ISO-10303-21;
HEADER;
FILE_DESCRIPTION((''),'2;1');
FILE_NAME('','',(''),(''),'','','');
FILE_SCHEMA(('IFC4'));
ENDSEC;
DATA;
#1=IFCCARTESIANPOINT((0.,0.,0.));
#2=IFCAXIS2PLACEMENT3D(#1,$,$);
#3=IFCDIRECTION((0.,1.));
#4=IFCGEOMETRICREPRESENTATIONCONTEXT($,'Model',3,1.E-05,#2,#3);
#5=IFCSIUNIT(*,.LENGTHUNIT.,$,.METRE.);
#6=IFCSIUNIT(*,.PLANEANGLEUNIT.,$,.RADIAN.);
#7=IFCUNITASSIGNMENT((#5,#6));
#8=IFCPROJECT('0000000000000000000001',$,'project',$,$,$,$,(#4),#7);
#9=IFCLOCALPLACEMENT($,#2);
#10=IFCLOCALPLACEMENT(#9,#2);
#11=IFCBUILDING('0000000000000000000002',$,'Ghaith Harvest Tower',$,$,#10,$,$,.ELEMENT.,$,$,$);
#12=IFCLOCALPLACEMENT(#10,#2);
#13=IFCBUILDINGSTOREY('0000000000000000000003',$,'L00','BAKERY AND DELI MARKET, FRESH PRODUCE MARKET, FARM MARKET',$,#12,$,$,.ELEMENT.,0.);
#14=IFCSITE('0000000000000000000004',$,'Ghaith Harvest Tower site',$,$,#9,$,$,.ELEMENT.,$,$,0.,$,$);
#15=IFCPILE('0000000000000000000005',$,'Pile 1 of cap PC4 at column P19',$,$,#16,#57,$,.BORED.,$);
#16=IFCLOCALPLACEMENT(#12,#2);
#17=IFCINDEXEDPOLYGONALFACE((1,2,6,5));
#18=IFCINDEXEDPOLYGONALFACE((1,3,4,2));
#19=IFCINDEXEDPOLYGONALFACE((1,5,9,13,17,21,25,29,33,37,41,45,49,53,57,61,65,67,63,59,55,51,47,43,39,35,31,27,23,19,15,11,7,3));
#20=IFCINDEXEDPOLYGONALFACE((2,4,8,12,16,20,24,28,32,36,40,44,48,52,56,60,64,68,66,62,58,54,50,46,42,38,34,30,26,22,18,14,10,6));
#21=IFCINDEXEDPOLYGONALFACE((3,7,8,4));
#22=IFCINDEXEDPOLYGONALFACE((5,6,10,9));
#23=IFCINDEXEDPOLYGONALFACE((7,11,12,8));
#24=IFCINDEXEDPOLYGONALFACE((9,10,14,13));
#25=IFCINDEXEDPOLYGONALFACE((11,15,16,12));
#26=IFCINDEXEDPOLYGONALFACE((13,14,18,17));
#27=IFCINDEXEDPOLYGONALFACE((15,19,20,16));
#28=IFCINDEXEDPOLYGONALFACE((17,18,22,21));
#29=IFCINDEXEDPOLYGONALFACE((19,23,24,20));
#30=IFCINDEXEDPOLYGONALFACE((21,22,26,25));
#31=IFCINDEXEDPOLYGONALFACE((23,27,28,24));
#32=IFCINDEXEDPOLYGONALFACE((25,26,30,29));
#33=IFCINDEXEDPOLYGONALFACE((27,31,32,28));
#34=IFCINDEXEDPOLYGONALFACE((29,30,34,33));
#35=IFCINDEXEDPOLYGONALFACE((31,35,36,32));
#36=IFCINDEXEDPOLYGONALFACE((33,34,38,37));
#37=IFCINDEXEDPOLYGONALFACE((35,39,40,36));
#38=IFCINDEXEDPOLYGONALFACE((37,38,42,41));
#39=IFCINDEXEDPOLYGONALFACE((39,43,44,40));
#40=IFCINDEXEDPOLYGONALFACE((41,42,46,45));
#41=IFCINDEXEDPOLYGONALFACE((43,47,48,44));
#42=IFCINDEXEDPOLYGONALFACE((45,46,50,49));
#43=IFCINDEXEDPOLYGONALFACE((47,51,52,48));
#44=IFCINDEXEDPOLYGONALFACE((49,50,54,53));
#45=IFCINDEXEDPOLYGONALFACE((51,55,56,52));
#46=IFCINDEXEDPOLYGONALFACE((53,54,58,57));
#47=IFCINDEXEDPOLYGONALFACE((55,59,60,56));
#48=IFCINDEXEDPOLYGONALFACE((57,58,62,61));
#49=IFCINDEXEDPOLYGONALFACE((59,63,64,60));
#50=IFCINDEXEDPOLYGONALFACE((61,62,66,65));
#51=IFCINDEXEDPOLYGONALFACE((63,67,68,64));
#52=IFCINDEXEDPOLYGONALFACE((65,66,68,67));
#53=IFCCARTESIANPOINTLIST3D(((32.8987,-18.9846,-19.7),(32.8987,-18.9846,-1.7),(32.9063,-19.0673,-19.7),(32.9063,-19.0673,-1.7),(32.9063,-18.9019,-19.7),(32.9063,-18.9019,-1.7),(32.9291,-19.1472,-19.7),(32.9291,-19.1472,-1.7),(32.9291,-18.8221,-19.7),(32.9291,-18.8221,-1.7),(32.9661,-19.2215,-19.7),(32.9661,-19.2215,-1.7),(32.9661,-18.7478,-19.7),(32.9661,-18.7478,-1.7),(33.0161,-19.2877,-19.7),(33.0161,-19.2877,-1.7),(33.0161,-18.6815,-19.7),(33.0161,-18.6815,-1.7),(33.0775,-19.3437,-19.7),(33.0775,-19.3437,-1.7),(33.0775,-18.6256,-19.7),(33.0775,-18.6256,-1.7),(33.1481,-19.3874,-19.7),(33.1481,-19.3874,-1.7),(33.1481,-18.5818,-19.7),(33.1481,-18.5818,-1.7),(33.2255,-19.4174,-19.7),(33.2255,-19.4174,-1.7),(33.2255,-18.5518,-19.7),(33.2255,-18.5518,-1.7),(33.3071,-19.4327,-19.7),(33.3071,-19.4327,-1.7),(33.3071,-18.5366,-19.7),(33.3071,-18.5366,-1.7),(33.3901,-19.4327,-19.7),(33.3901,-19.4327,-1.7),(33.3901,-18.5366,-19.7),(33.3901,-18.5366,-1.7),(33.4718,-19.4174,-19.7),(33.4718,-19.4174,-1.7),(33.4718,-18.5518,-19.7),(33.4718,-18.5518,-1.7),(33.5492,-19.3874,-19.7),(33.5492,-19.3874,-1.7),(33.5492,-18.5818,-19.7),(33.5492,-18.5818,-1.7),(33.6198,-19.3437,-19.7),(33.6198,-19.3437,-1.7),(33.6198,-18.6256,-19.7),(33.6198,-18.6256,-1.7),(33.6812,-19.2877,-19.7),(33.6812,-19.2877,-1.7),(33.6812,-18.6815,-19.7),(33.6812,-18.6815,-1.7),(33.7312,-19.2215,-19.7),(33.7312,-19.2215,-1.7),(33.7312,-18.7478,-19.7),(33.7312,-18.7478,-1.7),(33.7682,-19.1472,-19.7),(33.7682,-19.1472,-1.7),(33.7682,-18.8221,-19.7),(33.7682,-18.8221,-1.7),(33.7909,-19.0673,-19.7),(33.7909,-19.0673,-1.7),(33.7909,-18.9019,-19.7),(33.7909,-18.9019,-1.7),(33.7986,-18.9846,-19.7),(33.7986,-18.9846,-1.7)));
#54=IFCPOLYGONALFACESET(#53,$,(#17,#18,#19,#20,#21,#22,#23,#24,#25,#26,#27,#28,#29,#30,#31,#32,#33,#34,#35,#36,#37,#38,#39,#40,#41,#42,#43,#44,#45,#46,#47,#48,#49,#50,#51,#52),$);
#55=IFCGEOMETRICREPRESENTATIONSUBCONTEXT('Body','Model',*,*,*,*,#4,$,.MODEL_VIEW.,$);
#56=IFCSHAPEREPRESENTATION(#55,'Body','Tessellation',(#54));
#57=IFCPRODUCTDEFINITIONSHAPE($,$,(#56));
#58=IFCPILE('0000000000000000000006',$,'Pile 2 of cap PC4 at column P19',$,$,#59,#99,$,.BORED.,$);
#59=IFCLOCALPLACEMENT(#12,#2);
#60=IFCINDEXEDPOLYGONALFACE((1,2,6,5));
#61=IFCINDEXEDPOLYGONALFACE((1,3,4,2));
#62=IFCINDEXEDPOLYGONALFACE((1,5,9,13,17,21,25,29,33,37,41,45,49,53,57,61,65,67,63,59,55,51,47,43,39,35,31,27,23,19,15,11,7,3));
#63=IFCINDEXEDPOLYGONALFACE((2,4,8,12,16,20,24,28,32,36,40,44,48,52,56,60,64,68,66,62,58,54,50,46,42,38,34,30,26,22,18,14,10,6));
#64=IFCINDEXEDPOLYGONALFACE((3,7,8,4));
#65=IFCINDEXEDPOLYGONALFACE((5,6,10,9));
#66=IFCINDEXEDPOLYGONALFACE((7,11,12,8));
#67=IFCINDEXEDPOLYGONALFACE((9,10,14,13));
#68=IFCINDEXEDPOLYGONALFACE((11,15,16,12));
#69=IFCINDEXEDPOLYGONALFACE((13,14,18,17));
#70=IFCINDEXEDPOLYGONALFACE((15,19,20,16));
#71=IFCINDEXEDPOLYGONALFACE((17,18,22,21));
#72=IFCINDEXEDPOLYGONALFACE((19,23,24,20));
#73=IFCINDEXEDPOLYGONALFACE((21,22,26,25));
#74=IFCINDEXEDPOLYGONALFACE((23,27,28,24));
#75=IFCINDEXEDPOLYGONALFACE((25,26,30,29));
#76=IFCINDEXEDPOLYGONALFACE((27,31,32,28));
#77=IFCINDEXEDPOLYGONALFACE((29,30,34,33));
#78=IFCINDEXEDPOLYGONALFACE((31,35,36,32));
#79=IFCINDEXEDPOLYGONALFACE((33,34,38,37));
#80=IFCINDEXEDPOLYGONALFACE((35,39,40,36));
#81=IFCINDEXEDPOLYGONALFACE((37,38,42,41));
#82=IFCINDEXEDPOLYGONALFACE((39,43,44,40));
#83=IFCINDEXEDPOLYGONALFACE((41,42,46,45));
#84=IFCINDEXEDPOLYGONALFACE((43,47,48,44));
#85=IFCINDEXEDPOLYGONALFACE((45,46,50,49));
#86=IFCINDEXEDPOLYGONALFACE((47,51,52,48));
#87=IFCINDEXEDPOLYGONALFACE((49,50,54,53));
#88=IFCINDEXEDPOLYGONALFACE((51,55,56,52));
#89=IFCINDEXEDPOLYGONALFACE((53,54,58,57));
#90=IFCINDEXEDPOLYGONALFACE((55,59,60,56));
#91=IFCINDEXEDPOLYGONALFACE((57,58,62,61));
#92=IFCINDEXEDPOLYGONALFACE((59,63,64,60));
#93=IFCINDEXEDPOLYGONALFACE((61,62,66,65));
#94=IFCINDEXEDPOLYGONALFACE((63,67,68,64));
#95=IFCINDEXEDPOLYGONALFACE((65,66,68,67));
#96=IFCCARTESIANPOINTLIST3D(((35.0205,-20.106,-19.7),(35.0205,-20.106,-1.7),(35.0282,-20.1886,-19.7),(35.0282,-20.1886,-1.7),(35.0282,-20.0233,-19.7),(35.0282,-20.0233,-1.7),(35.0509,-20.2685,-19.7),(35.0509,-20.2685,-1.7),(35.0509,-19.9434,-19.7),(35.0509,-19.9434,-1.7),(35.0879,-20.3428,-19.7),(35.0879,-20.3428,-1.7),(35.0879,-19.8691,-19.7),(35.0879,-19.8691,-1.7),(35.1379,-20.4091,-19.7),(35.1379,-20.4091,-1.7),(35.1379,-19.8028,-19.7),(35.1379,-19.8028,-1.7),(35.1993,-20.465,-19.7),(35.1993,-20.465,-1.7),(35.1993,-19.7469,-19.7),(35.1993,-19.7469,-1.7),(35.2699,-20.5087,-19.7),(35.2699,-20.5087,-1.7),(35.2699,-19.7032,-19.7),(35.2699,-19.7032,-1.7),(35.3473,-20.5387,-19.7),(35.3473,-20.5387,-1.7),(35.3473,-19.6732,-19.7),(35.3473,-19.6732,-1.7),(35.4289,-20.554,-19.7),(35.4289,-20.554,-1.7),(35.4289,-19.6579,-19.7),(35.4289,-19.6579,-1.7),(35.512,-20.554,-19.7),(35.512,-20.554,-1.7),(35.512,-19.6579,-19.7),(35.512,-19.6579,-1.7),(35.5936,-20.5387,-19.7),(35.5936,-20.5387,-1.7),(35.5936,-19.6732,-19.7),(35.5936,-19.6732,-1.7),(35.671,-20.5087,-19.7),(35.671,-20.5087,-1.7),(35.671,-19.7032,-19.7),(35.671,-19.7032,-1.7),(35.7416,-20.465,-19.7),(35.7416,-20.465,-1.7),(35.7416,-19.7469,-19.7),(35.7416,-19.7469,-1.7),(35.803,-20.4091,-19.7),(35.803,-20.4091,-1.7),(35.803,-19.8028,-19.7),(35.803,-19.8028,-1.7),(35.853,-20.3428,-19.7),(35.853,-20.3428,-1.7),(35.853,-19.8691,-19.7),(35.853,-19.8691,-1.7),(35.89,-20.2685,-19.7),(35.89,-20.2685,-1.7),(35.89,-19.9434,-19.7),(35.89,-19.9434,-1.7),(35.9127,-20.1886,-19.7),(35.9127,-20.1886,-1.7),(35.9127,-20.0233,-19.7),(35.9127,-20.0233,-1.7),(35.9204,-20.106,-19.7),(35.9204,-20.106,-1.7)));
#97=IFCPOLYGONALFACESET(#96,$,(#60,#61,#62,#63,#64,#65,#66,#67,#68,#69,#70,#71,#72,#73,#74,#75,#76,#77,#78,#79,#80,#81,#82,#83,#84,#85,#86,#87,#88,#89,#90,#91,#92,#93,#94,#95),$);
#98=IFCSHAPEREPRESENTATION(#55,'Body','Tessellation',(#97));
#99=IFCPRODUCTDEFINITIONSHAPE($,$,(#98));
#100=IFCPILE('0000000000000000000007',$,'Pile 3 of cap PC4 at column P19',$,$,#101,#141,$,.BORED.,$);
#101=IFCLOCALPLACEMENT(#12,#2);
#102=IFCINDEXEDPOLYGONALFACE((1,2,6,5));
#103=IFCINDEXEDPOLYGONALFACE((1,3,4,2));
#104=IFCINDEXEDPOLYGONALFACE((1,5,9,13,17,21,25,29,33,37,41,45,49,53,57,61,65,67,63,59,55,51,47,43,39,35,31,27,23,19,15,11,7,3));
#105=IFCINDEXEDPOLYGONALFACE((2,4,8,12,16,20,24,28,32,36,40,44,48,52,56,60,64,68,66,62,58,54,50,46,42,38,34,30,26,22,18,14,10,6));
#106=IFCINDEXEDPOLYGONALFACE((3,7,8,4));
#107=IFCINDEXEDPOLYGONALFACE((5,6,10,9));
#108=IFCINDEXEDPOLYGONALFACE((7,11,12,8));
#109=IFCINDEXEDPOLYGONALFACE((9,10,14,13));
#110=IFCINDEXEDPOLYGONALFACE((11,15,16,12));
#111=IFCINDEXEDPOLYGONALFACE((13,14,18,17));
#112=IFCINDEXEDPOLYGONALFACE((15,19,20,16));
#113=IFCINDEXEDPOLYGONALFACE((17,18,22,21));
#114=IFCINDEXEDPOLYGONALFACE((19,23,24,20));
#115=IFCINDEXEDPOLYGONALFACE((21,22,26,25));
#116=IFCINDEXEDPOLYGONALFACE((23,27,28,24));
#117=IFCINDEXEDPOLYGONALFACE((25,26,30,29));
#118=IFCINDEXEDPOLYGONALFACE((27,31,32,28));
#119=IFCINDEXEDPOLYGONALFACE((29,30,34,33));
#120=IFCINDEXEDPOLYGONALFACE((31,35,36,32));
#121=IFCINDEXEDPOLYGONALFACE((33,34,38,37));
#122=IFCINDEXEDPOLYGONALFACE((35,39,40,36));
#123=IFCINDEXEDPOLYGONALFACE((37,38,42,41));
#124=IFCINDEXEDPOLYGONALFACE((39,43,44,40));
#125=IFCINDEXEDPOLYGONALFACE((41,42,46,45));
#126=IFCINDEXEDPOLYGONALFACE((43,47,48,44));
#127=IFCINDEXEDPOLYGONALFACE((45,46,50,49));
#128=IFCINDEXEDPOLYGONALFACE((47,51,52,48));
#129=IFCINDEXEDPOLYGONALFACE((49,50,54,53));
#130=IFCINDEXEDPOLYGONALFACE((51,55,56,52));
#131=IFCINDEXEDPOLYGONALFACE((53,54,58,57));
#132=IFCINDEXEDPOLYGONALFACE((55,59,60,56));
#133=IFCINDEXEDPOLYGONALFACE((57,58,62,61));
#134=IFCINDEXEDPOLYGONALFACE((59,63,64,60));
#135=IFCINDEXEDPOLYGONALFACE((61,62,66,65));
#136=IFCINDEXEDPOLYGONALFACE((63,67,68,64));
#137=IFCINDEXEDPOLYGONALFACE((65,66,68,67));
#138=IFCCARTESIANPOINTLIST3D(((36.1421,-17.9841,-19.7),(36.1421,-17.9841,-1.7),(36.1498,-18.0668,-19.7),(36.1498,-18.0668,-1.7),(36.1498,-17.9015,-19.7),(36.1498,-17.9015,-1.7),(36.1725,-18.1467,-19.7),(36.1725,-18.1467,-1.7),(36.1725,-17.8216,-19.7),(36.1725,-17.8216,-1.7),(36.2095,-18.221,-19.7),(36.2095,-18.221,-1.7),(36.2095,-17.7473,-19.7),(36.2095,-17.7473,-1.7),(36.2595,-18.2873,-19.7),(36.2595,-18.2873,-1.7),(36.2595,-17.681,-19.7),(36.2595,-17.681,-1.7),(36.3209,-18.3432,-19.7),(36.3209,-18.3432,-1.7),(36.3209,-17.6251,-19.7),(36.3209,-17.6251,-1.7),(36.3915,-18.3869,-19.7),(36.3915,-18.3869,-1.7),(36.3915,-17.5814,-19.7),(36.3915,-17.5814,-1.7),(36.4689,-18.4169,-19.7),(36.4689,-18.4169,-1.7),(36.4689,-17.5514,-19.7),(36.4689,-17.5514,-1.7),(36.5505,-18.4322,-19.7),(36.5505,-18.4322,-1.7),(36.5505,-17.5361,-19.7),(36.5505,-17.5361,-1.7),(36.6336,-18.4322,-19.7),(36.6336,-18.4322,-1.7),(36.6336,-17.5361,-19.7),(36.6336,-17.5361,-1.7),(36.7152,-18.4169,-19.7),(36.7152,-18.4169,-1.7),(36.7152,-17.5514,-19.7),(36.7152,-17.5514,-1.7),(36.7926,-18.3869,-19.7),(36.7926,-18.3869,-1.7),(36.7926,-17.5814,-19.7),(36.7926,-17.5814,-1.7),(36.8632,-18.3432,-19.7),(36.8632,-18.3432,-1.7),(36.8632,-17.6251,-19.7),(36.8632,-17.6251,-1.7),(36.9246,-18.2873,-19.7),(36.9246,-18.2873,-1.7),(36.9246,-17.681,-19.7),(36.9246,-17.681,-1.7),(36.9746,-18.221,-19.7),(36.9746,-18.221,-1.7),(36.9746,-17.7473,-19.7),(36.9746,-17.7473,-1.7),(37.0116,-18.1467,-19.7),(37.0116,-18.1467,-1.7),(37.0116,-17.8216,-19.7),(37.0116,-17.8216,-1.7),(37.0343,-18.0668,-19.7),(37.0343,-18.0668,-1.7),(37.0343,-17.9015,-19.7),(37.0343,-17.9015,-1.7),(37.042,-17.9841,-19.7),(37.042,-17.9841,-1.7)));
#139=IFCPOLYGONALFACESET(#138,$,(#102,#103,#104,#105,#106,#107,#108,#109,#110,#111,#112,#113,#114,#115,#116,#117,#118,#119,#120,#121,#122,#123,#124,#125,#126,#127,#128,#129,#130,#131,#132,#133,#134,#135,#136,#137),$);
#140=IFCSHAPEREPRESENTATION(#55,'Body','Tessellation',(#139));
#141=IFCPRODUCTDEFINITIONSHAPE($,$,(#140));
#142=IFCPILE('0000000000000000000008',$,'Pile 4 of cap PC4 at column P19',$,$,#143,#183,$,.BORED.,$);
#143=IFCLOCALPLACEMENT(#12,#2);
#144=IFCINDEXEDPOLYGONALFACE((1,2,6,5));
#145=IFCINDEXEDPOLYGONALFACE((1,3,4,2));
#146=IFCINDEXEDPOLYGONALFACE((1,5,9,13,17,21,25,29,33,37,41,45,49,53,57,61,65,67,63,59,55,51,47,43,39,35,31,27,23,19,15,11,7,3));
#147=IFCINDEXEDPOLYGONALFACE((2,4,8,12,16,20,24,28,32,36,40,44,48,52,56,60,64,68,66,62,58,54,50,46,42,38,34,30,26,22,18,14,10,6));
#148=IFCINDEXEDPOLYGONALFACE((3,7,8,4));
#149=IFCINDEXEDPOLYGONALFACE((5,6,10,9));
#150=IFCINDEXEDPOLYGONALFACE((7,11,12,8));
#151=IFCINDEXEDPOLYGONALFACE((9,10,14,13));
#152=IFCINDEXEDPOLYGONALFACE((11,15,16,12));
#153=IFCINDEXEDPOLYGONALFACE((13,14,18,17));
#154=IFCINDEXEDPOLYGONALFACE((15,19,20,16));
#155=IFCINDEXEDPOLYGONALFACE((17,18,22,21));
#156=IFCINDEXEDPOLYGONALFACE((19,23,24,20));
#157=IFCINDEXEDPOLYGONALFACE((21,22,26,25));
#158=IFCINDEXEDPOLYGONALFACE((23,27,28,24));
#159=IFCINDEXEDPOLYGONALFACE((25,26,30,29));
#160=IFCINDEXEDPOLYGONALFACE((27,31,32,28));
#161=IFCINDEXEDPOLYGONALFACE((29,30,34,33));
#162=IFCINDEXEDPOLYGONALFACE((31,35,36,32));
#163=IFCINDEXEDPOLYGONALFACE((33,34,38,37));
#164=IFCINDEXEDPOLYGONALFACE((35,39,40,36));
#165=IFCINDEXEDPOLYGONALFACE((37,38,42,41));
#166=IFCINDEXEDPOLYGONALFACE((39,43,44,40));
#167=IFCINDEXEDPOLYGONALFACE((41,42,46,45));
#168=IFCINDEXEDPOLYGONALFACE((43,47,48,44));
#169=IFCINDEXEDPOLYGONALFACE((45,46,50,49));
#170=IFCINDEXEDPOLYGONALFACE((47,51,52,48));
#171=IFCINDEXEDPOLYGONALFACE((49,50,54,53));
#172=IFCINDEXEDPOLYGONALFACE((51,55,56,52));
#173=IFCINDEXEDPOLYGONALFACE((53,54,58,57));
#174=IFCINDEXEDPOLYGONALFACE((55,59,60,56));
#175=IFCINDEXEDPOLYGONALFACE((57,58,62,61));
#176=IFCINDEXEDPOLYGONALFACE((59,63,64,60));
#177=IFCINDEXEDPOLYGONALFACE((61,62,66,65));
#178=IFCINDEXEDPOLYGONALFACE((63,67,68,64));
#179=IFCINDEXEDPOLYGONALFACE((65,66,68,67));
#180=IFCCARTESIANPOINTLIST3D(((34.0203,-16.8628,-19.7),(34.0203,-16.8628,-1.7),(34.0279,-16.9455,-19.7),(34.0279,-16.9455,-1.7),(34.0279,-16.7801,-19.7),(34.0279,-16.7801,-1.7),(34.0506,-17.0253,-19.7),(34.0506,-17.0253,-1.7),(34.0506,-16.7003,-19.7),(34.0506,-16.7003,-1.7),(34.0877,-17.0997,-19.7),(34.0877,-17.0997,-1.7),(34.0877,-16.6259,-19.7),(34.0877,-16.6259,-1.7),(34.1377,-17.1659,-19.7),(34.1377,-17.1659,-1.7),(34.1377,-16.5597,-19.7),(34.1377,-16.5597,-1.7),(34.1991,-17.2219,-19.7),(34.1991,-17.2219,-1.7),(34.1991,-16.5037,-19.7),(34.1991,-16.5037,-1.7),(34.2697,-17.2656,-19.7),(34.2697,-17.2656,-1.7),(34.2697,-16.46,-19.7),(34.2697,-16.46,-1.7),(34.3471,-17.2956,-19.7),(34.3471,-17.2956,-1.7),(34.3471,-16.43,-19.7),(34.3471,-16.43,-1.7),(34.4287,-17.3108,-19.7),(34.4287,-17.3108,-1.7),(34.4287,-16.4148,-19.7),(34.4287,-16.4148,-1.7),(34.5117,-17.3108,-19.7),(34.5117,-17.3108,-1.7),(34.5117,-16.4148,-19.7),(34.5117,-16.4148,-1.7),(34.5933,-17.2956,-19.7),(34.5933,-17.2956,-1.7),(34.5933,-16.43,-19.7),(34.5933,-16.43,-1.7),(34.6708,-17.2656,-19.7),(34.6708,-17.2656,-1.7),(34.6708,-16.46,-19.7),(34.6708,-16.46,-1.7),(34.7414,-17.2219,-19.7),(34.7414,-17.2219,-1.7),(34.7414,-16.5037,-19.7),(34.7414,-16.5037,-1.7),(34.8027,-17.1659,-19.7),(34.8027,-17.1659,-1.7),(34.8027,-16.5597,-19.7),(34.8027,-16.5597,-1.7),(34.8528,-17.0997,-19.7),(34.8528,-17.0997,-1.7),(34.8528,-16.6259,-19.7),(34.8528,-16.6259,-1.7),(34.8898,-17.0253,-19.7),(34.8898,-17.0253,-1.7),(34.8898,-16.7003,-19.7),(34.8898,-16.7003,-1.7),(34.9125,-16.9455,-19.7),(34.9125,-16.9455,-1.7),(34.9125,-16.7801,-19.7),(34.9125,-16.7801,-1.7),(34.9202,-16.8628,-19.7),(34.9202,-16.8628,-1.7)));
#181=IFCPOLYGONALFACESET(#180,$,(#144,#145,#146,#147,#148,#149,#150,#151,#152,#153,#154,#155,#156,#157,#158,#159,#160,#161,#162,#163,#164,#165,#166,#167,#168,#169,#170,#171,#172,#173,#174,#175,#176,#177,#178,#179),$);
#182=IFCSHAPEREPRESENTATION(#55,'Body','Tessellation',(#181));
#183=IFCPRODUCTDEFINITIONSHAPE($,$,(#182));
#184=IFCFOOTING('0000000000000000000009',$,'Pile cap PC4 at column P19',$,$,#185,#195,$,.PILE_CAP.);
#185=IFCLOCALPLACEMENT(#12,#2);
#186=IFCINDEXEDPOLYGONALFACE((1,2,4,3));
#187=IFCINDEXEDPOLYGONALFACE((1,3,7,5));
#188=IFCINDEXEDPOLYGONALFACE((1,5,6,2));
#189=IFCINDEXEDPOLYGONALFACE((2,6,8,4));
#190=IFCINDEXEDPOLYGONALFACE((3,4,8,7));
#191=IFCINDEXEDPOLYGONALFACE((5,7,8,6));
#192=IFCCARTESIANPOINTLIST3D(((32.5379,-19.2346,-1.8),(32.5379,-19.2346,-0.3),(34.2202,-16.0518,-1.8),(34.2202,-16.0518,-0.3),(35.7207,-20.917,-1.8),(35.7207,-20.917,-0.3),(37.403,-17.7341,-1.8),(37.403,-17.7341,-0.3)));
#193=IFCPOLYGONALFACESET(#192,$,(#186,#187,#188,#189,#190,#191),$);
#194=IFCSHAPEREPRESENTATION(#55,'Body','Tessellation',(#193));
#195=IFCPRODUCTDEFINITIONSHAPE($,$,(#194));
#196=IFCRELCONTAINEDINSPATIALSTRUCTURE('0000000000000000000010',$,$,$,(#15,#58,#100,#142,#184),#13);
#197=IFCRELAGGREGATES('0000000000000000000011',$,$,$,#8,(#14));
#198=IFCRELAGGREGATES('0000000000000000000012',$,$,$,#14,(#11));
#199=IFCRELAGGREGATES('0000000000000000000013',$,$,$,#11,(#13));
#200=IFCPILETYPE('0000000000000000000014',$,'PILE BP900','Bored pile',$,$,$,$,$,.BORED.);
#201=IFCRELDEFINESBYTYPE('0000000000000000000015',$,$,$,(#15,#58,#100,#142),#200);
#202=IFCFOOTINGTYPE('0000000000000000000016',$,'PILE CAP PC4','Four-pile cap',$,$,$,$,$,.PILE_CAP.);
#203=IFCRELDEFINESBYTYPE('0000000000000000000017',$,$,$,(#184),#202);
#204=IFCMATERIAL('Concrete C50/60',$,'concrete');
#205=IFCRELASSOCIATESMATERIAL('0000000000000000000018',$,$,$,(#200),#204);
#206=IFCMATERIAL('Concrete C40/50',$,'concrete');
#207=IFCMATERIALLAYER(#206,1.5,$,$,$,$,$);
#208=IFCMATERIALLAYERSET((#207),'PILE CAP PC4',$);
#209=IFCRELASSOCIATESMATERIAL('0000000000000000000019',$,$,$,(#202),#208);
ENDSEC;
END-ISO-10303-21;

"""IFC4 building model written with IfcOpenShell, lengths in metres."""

from ifc_helpers import new_model, si_unit, direction, frame, origin, origin_2d, place, context, subcontext, project, spatial, rectangle, circle, extrude, material, layer, layer_set, material_profile, profile_set, type_object, element, save


model = new_model("IFC4")

# Units and contexts
model_context = context("Model", 3, precision=1e-05, world=origin(), true_north=direction((0.0, 1.0)))
body_context = subcontext(model_context, "Body", "Model", "MODEL_VIEW")
ifc_project = project(units=[si_unit("LENGTHUNIT", "METRE"), si_unit("PLANEANGLEUNIT", "RADIAN")], contexts=[model_context])

# Site, building, storey
site_placement = place(None, origin())
site = spatial("IfcSite", under=ifc_project, at=site_placement, Name="Ghaith Harvest Tower site", CompositionType="ELEMENT", RefElevation=0.0)
building_placement = place(site_placement, origin())
building = spatial("IfcBuilding", under=site, at=building_placement, Name="Ghaith Harvest Tower", CompositionType="ELEMENT")
storey_placement = place(building_placement, origin())
storey = spatial("IfcBuildingStorey", under=building, at=storey_placement, Name="L00", Description="BAKERY AND DELI MARKET, FRESH PRODUCE MARKET, FARM MARKET", CompositionType="ELEMENT", Elevation=0.0)

# Piles
ifc_material_1 = material(Name="Concrete C50/60", Category="concrete")
ifc_material_profile_1 = material_profile(ifc_material_1, circle(Radius=0.45, at=origin_2d()), Name="PILE900")
ifc_profile_set_1 = profile_set([ifc_material_profile_1], Name="Concrete C50/60")
pile_type = type_object("IfcPileType", Name="PILE BP900", Description="Bored pile", PredefinedType="BORED", material=ifc_profile_set_1)
for number, where, z_axis, x_axis, name in (
    (1, (33.3486, -18.9846, -1.7), (0.0, 0.0, -1.0), (1.0, 0.0, 0.0), "Pile 1 of cap PC4 at column P19"),
    (2, (35.4705, -20.106, -1.7), (0.0, 0.0, -1.0), (1.0, 0.0, 0.0), "Pile 2 of cap PC4 at column P19"),
    (3, (36.592, -17.9841, -1.7), (0.0, 0.0, -1.0), (1.0, 0.0, 0.0), "Pile 3 of cap PC4 at column P19"),
    (4, (34.4702, -16.8628, -1.7), (0.0, 0.0, -1.0), (1.0, 0.0, 0.0), "Pile 4 of cap PC4 at column P19"),
):
    element("IfcPile", number, at=place(storey_placement, frame(where, z_axis=z_axis, x_axis=x_axis)), inside=storey, type_object=pile_type, Name=name, PredefinedType="BORED", context=body_context, shape_type="SweptSolid", body=[
        extrude(circle(Radius=0.45, at=origin_2d()), origin(), (0.0, 0.0, 1.0), 18.0),
    ])

# Footing
ifc_material_2 = material(Name="Concrete C40/50", Category="concrete")
ifc_layer_1 = layer(ifc_material_2, 1.5)
ifc_layer_set_1 = layer_set([ifc_layer_1], Name="PILE CAP PC4")
footing_type = type_object("IfcFootingType", Name="PILE CAP PC4", Description="Four-pile cap", PredefinedType="PILE_CAP", material=ifc_layer_set_1)
footing_placement = place(storey_placement, frame((34.9705, -18.4844, -1.8), z_axis=(0.0, 0.0, 1.0), x_axis=(0.884095, -0.467307, 0.0)))
element("IfcFooting", 5, at=footing_placement, inside=storey, type_object=footing_type, Name="Pile cap PC4 at column P19", PredefinedType="PILE_CAP", context=body_context, shape_type="SweptSolid", body=[
    extrude(rectangle(XDim=3.6001, YDim=3.6001, at=origin_2d()), origin(), (0.0, 0.0, 1.0), 1.5),
])

save(model, "model.ifc")
